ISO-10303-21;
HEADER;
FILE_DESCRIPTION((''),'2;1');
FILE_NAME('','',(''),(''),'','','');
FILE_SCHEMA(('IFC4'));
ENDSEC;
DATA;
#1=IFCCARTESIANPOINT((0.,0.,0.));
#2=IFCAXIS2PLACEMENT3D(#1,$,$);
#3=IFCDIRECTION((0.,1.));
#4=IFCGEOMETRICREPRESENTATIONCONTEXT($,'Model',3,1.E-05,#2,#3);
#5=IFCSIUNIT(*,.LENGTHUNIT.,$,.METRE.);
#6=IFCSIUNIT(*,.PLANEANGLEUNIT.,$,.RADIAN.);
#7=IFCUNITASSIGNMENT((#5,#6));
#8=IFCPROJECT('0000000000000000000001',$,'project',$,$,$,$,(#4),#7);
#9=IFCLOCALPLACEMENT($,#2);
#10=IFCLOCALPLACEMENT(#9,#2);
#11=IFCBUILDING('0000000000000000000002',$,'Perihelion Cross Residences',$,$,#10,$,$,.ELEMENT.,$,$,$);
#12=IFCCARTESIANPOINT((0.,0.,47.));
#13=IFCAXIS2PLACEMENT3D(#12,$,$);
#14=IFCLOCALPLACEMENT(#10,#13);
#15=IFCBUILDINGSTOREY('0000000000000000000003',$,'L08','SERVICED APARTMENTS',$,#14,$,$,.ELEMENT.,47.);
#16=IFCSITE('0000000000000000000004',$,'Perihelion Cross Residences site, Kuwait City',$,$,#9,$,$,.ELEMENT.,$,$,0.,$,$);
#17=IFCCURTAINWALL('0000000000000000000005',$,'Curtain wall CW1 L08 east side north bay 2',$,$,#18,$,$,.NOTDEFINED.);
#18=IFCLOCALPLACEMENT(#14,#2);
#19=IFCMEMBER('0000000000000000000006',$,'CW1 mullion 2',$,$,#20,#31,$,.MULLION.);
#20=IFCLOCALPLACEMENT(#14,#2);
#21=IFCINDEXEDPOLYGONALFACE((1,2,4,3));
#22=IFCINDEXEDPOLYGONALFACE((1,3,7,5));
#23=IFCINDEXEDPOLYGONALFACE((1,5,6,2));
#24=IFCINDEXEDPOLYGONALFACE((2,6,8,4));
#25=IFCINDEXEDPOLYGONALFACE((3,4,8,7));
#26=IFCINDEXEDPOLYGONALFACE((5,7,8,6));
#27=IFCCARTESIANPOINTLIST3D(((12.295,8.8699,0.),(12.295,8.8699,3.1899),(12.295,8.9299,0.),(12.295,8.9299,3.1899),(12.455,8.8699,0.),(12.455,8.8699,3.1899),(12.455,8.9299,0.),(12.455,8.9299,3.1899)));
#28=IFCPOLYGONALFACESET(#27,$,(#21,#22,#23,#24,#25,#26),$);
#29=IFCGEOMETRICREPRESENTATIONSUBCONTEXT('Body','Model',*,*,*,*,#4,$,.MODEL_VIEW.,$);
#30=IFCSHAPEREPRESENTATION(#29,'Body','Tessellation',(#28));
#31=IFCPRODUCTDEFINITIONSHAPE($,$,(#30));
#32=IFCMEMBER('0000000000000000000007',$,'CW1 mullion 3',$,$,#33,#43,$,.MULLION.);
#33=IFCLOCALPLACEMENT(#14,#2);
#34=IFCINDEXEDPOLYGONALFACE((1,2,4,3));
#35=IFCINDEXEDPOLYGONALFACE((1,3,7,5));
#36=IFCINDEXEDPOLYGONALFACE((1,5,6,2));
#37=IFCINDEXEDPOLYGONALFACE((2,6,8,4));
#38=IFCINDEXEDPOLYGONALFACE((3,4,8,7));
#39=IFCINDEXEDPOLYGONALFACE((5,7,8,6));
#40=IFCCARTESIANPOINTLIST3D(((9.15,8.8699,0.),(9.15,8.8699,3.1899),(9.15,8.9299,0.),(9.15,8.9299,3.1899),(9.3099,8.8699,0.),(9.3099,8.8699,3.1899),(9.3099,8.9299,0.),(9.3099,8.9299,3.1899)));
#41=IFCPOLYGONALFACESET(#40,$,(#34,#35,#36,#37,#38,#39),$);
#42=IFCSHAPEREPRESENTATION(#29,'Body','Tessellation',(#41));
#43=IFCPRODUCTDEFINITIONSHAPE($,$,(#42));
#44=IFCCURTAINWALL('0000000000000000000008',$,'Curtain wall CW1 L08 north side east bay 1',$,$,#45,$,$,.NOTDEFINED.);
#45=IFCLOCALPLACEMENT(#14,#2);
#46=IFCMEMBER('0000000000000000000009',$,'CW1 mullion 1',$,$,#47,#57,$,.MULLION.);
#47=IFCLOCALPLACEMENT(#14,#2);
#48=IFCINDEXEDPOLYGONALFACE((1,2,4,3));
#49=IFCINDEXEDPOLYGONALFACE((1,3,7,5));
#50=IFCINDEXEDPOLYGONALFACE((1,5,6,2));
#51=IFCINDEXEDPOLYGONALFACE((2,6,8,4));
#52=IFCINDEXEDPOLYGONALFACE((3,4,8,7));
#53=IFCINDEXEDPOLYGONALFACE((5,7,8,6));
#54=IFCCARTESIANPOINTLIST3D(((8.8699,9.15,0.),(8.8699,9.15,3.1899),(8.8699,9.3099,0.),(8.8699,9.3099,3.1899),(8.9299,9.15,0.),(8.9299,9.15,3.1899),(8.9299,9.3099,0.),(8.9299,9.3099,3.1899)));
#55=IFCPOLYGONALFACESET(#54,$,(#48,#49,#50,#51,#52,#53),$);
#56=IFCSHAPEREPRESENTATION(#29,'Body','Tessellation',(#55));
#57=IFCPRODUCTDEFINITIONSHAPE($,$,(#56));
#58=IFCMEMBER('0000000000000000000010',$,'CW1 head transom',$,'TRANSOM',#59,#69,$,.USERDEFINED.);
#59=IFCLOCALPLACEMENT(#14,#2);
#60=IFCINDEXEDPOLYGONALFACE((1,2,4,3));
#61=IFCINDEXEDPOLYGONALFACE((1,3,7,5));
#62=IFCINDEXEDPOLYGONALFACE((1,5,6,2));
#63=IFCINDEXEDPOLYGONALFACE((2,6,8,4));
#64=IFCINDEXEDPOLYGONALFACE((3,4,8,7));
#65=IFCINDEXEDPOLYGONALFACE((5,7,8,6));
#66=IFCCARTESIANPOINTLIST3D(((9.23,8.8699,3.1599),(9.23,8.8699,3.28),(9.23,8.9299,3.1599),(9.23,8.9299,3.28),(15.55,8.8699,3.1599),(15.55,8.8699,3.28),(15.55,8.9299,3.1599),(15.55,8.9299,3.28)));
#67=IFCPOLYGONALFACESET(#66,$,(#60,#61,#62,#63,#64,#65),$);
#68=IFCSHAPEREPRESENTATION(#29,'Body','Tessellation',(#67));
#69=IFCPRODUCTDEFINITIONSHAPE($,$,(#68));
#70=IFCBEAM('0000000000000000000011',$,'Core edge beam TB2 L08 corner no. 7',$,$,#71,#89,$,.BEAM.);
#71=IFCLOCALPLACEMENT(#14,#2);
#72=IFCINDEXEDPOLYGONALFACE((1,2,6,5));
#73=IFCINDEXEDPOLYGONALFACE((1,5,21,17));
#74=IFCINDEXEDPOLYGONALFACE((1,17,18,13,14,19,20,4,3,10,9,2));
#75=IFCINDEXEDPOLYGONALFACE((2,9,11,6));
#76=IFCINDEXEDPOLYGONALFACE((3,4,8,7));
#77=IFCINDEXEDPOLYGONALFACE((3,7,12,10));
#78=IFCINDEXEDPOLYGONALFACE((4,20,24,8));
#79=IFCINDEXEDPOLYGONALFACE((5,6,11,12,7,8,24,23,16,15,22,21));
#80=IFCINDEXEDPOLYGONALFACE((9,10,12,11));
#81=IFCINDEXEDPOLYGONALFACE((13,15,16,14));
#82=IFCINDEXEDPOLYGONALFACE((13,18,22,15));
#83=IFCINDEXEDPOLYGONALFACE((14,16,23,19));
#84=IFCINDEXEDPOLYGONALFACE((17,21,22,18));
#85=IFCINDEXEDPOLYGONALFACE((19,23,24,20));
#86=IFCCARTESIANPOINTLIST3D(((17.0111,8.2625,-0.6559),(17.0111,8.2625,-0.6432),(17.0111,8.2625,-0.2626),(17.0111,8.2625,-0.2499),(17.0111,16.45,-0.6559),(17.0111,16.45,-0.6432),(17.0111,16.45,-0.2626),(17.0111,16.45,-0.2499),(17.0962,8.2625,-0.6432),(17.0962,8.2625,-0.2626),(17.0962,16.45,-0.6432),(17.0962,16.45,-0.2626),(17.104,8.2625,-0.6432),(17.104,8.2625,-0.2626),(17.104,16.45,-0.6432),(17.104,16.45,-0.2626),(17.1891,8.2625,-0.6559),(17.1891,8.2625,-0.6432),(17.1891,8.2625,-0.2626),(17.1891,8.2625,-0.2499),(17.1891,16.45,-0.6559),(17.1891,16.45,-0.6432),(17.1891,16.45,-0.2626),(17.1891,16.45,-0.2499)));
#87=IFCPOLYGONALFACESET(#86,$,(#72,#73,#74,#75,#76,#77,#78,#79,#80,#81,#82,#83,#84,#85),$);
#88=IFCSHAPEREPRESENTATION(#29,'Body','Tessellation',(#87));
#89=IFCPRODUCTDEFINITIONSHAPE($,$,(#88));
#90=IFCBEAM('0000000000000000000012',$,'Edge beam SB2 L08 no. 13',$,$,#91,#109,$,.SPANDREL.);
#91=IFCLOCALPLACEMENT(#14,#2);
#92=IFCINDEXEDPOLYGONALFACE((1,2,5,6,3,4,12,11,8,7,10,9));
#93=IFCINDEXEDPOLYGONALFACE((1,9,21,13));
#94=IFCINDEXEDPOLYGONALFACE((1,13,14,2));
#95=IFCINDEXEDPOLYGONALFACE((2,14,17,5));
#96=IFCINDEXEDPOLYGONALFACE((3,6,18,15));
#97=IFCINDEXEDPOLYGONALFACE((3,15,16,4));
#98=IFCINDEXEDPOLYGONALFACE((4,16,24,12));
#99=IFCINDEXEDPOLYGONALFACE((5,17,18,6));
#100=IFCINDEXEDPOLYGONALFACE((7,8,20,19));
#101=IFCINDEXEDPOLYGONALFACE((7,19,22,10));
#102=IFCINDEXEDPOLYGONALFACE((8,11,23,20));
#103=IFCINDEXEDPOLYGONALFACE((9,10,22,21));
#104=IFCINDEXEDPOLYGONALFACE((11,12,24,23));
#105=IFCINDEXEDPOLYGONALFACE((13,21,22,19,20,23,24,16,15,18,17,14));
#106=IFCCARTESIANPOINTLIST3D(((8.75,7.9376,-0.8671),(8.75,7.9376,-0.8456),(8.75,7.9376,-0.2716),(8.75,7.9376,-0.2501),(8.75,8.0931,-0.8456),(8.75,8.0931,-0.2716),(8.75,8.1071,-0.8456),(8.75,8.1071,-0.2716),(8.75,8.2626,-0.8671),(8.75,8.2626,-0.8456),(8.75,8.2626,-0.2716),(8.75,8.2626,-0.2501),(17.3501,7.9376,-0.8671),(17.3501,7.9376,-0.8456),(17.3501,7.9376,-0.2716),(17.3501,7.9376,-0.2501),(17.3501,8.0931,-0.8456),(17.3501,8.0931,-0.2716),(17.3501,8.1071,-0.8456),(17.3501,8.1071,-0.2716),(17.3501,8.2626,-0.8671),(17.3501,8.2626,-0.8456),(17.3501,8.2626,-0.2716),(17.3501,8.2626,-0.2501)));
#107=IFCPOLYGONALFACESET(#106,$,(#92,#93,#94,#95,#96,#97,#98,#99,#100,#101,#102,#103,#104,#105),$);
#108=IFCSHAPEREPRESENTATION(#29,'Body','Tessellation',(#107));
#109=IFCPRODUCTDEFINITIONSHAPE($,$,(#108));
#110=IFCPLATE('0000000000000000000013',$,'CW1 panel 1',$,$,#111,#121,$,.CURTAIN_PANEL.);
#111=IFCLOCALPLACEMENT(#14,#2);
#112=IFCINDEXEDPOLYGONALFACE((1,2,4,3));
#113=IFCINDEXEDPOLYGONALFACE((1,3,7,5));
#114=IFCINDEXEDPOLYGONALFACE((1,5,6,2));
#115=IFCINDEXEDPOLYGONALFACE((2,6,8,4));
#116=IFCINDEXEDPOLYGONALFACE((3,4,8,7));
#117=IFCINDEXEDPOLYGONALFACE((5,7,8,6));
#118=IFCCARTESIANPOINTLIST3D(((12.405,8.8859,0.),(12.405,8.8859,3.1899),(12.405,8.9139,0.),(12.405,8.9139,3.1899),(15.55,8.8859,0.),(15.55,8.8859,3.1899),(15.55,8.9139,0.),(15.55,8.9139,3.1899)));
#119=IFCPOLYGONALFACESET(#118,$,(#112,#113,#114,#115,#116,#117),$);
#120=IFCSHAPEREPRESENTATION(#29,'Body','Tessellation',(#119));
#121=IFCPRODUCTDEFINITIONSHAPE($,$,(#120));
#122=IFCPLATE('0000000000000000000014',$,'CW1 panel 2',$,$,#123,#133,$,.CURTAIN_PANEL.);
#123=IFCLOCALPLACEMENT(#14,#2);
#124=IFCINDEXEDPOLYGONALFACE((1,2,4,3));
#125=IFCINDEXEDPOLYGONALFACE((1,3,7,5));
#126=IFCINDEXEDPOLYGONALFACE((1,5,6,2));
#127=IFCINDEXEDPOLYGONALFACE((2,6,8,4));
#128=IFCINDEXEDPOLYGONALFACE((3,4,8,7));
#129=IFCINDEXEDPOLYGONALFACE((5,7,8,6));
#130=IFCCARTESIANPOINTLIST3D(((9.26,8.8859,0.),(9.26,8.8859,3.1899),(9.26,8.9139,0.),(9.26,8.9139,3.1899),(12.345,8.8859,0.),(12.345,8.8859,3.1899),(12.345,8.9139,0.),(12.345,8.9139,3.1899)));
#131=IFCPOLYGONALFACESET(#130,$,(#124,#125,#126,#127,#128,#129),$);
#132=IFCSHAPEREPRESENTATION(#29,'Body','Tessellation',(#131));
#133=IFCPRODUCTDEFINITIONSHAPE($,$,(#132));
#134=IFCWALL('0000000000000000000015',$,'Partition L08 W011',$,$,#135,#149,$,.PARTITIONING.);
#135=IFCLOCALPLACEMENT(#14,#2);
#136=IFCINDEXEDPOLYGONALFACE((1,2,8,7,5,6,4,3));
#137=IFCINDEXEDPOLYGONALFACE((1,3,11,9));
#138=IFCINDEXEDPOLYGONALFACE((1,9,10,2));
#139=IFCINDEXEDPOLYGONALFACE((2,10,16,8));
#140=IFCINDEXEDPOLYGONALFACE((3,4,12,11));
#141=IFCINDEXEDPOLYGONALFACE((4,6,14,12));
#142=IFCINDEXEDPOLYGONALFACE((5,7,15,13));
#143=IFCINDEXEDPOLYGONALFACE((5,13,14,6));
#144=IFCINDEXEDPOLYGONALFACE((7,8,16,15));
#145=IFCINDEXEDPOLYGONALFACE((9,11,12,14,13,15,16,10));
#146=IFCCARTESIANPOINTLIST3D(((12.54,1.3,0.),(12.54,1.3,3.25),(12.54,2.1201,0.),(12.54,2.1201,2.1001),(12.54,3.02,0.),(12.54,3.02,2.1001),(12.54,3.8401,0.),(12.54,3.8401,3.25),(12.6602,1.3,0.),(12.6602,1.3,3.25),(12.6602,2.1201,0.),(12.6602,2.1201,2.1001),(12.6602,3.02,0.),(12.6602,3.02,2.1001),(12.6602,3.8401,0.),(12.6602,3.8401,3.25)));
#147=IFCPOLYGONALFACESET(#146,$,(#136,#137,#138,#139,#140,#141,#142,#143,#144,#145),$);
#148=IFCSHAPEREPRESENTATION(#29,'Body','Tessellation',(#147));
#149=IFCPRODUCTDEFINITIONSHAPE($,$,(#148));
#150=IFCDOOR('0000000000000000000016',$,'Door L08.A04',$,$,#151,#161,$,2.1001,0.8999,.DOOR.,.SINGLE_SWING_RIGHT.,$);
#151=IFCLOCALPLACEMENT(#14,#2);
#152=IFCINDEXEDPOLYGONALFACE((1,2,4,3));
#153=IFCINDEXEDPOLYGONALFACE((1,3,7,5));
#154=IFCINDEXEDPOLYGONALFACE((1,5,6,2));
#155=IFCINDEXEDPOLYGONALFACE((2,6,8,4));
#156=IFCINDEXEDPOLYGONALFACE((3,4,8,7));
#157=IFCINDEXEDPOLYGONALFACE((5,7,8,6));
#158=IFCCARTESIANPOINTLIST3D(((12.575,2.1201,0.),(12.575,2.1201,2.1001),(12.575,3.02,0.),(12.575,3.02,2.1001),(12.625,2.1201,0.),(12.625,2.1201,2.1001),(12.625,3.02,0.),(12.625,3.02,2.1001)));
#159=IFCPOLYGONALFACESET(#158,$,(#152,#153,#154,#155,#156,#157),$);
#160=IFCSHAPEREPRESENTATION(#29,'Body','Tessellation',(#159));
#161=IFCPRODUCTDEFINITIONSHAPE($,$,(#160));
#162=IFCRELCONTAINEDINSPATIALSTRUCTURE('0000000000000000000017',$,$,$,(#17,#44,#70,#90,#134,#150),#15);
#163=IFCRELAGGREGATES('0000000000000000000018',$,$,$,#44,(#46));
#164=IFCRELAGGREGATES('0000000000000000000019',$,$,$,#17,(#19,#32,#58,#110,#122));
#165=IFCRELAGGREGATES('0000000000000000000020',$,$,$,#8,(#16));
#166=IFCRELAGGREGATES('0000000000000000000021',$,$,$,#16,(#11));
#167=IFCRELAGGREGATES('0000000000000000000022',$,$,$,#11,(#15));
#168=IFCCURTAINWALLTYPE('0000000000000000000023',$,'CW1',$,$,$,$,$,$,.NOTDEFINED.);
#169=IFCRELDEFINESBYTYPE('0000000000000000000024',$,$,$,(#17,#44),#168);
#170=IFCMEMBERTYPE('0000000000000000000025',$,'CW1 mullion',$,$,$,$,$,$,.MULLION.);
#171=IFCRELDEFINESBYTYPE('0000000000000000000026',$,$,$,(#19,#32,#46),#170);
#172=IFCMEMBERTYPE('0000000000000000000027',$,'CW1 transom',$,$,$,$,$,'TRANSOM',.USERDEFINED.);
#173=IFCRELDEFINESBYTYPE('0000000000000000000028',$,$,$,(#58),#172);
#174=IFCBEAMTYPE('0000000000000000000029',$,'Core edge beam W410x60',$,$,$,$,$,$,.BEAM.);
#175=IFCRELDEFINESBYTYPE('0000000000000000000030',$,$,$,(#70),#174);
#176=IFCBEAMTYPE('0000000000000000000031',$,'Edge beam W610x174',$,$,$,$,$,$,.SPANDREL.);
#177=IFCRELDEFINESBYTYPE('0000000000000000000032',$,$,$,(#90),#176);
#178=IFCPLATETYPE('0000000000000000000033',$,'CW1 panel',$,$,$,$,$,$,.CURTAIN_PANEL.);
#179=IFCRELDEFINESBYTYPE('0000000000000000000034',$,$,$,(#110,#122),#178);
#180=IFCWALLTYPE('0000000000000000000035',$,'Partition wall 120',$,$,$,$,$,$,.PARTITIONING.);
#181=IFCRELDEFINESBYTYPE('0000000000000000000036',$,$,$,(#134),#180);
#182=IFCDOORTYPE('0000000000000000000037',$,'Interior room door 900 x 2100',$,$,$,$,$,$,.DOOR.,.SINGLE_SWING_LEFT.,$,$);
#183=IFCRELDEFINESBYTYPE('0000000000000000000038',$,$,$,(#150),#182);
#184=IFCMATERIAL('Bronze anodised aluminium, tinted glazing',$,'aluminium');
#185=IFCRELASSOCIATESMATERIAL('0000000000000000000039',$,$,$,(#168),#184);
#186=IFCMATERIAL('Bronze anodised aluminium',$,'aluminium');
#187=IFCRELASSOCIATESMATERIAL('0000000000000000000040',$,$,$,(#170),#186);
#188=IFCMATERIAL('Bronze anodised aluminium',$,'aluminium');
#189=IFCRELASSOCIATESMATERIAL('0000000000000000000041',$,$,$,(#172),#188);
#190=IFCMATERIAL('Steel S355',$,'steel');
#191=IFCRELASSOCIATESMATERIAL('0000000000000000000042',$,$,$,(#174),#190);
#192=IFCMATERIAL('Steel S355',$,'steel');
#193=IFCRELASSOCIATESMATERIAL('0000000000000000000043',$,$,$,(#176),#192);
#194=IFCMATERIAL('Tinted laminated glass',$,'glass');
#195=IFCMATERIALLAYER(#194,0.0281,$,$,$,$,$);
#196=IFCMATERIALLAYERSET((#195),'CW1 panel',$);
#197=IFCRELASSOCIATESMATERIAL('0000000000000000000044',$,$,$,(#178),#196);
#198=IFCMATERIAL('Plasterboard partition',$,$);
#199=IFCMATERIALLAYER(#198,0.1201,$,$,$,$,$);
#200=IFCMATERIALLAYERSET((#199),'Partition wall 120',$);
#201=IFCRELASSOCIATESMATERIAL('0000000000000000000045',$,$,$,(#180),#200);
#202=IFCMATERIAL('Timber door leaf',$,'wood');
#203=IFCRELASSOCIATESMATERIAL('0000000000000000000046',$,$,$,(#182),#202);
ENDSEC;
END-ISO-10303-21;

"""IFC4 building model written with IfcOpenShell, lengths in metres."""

from ifc_helpers import new_model, si_unit, direction, frame, frame_2d, origin, origin_2d, place, context, subcontext, project, spatial, rectangle, i_section, extrude, material, layer, layer_set, material_profile, profile_set, type_object, element, fill, aggregate, save


model = new_model("IFC4")

# Units and contexts
model_context = context("Model", 3, precision=1e-05, world=origin(), true_north=direction((0.0, 1.0)))
body_context = subcontext(model_context, "Body", "Model", "MODEL_VIEW")
ifc_project = project(units=[si_unit("LENGTHUNIT", "METRE"), si_unit("PLANEANGLEUNIT", "RADIAN")], contexts=[model_context])

# Site, building, storey
site_placement = place(None, origin())
site = spatial("IfcSite", under=ifc_project, at=site_placement, Name="Perihelion Cross Residences site, Kuwait City", CompositionType="ELEMENT", RefElevation=0.0)
building_placement = place(site_placement, origin())
building = spatial("IfcBuilding", under=site, at=building_placement, Name="Perihelion Cross Residences", CompositionType="ELEMENT")
storey_placement = place(building_placement, frame((0.0, 0.0, 47.0)))
storey = spatial("IfcBuildingStorey", under=building, at=storey_placement, Name="L08", Description="SERVICED APARTMENTS", CompositionType="ELEMENT", Elevation=47.0)

# Curtain wall, members
ifc_material_1 = material(Name="Bronze anodised aluminium, tinted glazing", Category="aluminium")
curtain_wall_type = type_object("IfcCurtainWallType", Name="CW1", PredefinedType="NOTDEFINED", material=ifc_material_1)
curtain_wall_1_placement = place(storey_placement, origin())
curtain_wall_1 = element("IfcCurtainWall", 1, at=curtain_wall_1_placement, inside=storey, type_object=curtain_wall_type, Name="Curtain wall CW1 L08 east side north bay 2", PredefinedType="NOTDEFINED")
ifc_material_2 = material(Name="Bronze anodised aluminium", Category="aluminium")
ifc_material_profile_1 = material_profile(ifc_material_2, rectangle(XDim=0.0601, YDim=0.1599, at=origin_2d()), Name="CW1 mullion")
ifc_profile_set_1 = profile_set([ifc_material_profile_1], Name="Bronze anodised aluminium")
member_type_1 = type_object("IfcMemberType", Name="CW1 mullion", PredefinedType="MULLION", material=ifc_profile_set_1)
member_1_placement = place(storey_placement, frame((12.375, 8.8999, 0.0), z_axis=(0.0, 0.0, 1.0), x_axis=(0.0, -1.0, 0.0)))
member_1 = element("IfcMember", 2, at=member_1_placement, type_object=member_type_1, Name="CW1 mullion 2", PredefinedType="MULLION", context=body_context, shape_type="SweptSolid", body=[
    extrude(rectangle(XDim=0.0601, YDim=0.1599, at=origin_2d()), origin(), (0.0, 0.0, 1.0), 3.1899),
])
member_2_placement = place(storey_placement, frame((9.23, 8.8999, 0.0), z_axis=(0.0, 0.0, 1.0), x_axis=(0.0, -1.0, 0.0)))
member_2 = element("IfcMember", 3, at=member_2_placement, type_object=member_type_1, Name="CW1 mullion 3", PredefinedType="MULLION", context=body_context, shape_type="SweptSolid", body=[
    extrude(rectangle(XDim=0.0601, YDim=0.1599, at=origin_2d()), origin(), (0.0, 0.0, 1.0), 3.1899),
])

# Curtain wall, member
curtain_wall_2_placement = place(storey_placement, origin())
curtain_wall_2 = element("IfcCurtainWall", 4, at=curtain_wall_2_placement, inside=storey, type_object=curtain_wall_type, Name="Curtain wall CW1 L08 north side east bay 1", PredefinedType="NOTDEFINED")
member_3_placement = place(storey_placement, frame((8.8999, 9.23, 0.0), z_axis=(0.0, 0.0, 1.0), x_axis=(-1.0, 0.0, 0.0)))
member_3 = element("IfcMember", 5, at=member_3_placement, type_object=member_type_1, Name="CW1 mullion 1", PredefinedType="MULLION", context=body_context, shape_type="SweptSolid", body=[
    extrude(rectangle(XDim=0.0601, YDim=0.1599, at=origin_2d()), origin(), (0.0, 0.0, 1.0), 3.1899),
])
aggregate(curtain_wall_2, [member_3])

# Member
ifc_material_3 = material(Name="Bronze anodised aluminium", Category="aluminium")
ifc_material_profile_2 = material_profile(ifc_material_3, rectangle(XDim=0.0601, YDim=0.1201, at=origin_2d()), Name="CW1 transom")
ifc_profile_set_2 = profile_set([ifc_material_profile_2], Name="Bronze anodised aluminium")
member_type_2 = type_object("IfcMemberType", Name="CW1 transom", ElementType="TRANSOM", PredefinedType="USERDEFINED", material=ifc_profile_set_2)
member_4_placement = place(storey_placement, frame((15.55, 8.8999, 3.22), z_axis=(-1.0, 0.0, 0.0), x_axis=(0.0, -1.0, 0.0)))
member_4 = element("IfcMember", 6, at=member_4_placement, type_object=member_type_2, Name="CW1 head transom", ObjectType="TRANSOM", PredefinedType="USERDEFINED", context=body_context, shape_type="SweptSolid", body=[
    extrude(rectangle(XDim=0.0601, YDim=0.1201, at=origin_2d()), origin(), (0.0, 0.0, 1.0), 6.3201),
])

# Beams
ifc_material_4 = material(Name="Steel S355", Category="steel")
ifc_material_profile_3 = material_profile(ifc_material_4, i_section(OverallWidth=0.178, OverallDepth=0.406, WebThickness=0.0078, FlangeThickness=0.0127, at=origin_2d()), Name="W410x60")
ifc_profile_set_3 = profile_set([ifc_material_profile_3], Name="Steel S355")
beam_type_1 = type_object("IfcBeamType", Name="Core edge beam W410x60", PredefinedType="BEAM", material=ifc_profile_set_3)
beam_1_placement = place(storey_placement, frame((17.1001, 8.2625, -0.4529), z_axis=(0.0, 1.0, 0.0), x_axis=(-1.0, 0.0, 0.0)))
element("IfcBeam", 7, at=beam_1_placement, inside=storey, type_object=beam_type_1, Name="Core edge beam TB2 L08 corner no. 7", PredefinedType="BEAM", context=body_context, shape_type="SweptSolid", body=[
    extrude(i_section(OverallWidth=0.178, OverallDepth=0.406, WebThickness=0.0078, FlangeThickness=0.0127, at=origin_2d()), origin(), (0.0, 0.0, 1.0), 8.1875),
])
ifc_material_5 = material(Name="Steel S355", Category="steel")
ifc_material_profile_4 = material_profile(ifc_material_5, i_section(OverallWidth=0.325, OverallDepth=0.6169, WebThickness=0.0139, FlangeThickness=0.0215, at=origin_2d()), Name="W610x174")
ifc_profile_set_4 = profile_set([ifc_material_profile_4], Name="Steel S355")
beam_type_2 = type_object("IfcBeamType", Name="Edge beam W610x174", PredefinedType="SPANDREL", material=ifc_profile_set_4)
beam_2_placement = place(storey_placement, frame((17.3501, 8.1001, -0.5586), z_axis=(-1.0, 0.0, 0.0), x_axis=(0.0, -1.0, 0.0)))
element("IfcBeam", 8, at=beam_2_placement, inside=storey, type_object=beam_type_2, Name="Edge beam SB2 L08 no. 13", PredefinedType="SPANDREL", context=body_context, shape_type="SweptSolid", body=[
    extrude(i_section(OverallWidth=0.325, OverallDepth=0.6169, WebThickness=0.0139, FlangeThickness=0.0215, at=origin_2d()), origin(), (0.0, 0.0, 1.0), 8.6001),
])

# Plates
ifc_material_6 = material(Name="Tinted laminated glass", Category="glass")
ifc_layer_1 = layer(ifc_material_6, 0.0281)
ifc_layer_set_1 = layer_set([ifc_layer_1], Name="CW1 panel")
plate_type = type_object("IfcPlateType", Name="CW1 panel", PredefinedType="CURTAIN_PANEL", material=ifc_layer_set_1)
plate_1_placement = place(storey_placement, frame((13.9775, 8.8999, 0.0), z_axis=(0.0, 0.0, 1.0), x_axis=(-1.0, 0.0, 0.0)))
plate_1 = element("IfcPlate", 9, at=plate_1_placement, type_object=plate_type, Name="CW1 panel 1", PredefinedType="CURTAIN_PANEL", context=body_context, shape_type="SweptSolid", body=[
    extrude(rectangle(XDim=3.145, YDim=0.0281, at=origin_2d()), origin(), (0.0, 0.0, 1.0), 3.1899),
])
plate_2_placement = place(storey_placement, frame((10.8025, 8.8999, 0.0), z_axis=(0.0, 0.0, 1.0), x_axis=(-1.0, 0.0, 0.0)))
plate_2 = element("IfcPlate", 10, at=plate_2_placement, type_object=plate_type, Name="CW1 panel 2", PredefinedType="CURTAIN_PANEL", context=body_context, shape_type="SweptSolid", body=[
    extrude(rectangle(XDim=3.085, YDim=0.0281, at=origin_2d()), origin(), (0.0, 0.0, 1.0), 3.1899),
])
aggregate(curtain_wall_1, [member_1, member_2, member_4, plate_1, plate_2])

# Wall, opening, door
ifc_material_7 = material(Name="Plasterboard partition")
ifc_layer_2 = layer(ifc_material_7, 0.1201)
ifc_layer_set_2 = layer_set([ifc_layer_2], Name="Partition wall 120")
wall_type_1 = type_object("IfcWallType", Name="Partition wall 120", PredefinedType="PARTITIONING", material=ifc_layer_set_2)
wall_1_placement = place(storey_placement, frame((12.6001, 3.8401, 0.0), z_axis=(0.0, 0.0, 1.0), x_axis=(0.0, -1.0, 0.0)))
wall_1 = element("IfcWall", 11, at=wall_1_placement, inside=storey, type_object=wall_type_1, Name="Partition L08 W011", PredefinedType="PARTITIONING", context=body_context, shape_type="SweptSolid", body=[
    extrude(rectangle(XDim=2.54, YDim=0.1201, at=frame_2d((1.27, 0.0))), origin(), (0.0, 0.0, 1.0), 3.25),
])
opening_1_placement = place(wall_1_placement, frame((0.8201, 0.0, 0.0)))
opening_1 = element("IfcOpeningElement", 12, at=opening_1_placement, cuts=wall_1, PredefinedType="OPENING", context=body_context, shape_type="SweptSolid", body=[
    extrude(rectangle(XDim=0.8999, YDim=2.1001, at=frame_2d((0.45, 1.05))), frame((0.0, 0.0701, 0.0), z_axis=(0.0, -1.0, 0.0), x_axis=(1.0, 0.0, 0.0)), (0.0, 0.0, 1.0), 0.1401),
])
ifc_material_8 = material(Name="Timber door leaf", Category="wood")
door_type_1 = type_object("IfcDoorType", Name="Interior room door 900 x 2100", OperationType="SINGLE_SWING_LEFT", PredefinedType="DOOR", material=ifc_material_8)
door_1_placement = place(opening_1_placement, origin())
door_1 = element("IfcDoor", 13, at=door_1_placement, inside=storey, type_object=door_type_1, Name="Door L08.A04", OperationType="SINGLE_SWING_RIGHT", OverallHeight=2.1001, OverallWidth=0.8999, PredefinedType="DOOR", context=body_context, shape_type="SweptSolid", body=[
    extrude(rectangle(XDim=0.8999, YDim=2.1001, at=frame_2d((0.45, 1.05))), frame((0.0, 0.0249, 0.0), z_axis=(0.0, -1.0, 0.0), x_axis=(1.0, 0.0, 0.0)), (0.0, 0.0, 1.0), 0.05),
])
fill(opening_1, door_1)

save(model, "model.ifc")
